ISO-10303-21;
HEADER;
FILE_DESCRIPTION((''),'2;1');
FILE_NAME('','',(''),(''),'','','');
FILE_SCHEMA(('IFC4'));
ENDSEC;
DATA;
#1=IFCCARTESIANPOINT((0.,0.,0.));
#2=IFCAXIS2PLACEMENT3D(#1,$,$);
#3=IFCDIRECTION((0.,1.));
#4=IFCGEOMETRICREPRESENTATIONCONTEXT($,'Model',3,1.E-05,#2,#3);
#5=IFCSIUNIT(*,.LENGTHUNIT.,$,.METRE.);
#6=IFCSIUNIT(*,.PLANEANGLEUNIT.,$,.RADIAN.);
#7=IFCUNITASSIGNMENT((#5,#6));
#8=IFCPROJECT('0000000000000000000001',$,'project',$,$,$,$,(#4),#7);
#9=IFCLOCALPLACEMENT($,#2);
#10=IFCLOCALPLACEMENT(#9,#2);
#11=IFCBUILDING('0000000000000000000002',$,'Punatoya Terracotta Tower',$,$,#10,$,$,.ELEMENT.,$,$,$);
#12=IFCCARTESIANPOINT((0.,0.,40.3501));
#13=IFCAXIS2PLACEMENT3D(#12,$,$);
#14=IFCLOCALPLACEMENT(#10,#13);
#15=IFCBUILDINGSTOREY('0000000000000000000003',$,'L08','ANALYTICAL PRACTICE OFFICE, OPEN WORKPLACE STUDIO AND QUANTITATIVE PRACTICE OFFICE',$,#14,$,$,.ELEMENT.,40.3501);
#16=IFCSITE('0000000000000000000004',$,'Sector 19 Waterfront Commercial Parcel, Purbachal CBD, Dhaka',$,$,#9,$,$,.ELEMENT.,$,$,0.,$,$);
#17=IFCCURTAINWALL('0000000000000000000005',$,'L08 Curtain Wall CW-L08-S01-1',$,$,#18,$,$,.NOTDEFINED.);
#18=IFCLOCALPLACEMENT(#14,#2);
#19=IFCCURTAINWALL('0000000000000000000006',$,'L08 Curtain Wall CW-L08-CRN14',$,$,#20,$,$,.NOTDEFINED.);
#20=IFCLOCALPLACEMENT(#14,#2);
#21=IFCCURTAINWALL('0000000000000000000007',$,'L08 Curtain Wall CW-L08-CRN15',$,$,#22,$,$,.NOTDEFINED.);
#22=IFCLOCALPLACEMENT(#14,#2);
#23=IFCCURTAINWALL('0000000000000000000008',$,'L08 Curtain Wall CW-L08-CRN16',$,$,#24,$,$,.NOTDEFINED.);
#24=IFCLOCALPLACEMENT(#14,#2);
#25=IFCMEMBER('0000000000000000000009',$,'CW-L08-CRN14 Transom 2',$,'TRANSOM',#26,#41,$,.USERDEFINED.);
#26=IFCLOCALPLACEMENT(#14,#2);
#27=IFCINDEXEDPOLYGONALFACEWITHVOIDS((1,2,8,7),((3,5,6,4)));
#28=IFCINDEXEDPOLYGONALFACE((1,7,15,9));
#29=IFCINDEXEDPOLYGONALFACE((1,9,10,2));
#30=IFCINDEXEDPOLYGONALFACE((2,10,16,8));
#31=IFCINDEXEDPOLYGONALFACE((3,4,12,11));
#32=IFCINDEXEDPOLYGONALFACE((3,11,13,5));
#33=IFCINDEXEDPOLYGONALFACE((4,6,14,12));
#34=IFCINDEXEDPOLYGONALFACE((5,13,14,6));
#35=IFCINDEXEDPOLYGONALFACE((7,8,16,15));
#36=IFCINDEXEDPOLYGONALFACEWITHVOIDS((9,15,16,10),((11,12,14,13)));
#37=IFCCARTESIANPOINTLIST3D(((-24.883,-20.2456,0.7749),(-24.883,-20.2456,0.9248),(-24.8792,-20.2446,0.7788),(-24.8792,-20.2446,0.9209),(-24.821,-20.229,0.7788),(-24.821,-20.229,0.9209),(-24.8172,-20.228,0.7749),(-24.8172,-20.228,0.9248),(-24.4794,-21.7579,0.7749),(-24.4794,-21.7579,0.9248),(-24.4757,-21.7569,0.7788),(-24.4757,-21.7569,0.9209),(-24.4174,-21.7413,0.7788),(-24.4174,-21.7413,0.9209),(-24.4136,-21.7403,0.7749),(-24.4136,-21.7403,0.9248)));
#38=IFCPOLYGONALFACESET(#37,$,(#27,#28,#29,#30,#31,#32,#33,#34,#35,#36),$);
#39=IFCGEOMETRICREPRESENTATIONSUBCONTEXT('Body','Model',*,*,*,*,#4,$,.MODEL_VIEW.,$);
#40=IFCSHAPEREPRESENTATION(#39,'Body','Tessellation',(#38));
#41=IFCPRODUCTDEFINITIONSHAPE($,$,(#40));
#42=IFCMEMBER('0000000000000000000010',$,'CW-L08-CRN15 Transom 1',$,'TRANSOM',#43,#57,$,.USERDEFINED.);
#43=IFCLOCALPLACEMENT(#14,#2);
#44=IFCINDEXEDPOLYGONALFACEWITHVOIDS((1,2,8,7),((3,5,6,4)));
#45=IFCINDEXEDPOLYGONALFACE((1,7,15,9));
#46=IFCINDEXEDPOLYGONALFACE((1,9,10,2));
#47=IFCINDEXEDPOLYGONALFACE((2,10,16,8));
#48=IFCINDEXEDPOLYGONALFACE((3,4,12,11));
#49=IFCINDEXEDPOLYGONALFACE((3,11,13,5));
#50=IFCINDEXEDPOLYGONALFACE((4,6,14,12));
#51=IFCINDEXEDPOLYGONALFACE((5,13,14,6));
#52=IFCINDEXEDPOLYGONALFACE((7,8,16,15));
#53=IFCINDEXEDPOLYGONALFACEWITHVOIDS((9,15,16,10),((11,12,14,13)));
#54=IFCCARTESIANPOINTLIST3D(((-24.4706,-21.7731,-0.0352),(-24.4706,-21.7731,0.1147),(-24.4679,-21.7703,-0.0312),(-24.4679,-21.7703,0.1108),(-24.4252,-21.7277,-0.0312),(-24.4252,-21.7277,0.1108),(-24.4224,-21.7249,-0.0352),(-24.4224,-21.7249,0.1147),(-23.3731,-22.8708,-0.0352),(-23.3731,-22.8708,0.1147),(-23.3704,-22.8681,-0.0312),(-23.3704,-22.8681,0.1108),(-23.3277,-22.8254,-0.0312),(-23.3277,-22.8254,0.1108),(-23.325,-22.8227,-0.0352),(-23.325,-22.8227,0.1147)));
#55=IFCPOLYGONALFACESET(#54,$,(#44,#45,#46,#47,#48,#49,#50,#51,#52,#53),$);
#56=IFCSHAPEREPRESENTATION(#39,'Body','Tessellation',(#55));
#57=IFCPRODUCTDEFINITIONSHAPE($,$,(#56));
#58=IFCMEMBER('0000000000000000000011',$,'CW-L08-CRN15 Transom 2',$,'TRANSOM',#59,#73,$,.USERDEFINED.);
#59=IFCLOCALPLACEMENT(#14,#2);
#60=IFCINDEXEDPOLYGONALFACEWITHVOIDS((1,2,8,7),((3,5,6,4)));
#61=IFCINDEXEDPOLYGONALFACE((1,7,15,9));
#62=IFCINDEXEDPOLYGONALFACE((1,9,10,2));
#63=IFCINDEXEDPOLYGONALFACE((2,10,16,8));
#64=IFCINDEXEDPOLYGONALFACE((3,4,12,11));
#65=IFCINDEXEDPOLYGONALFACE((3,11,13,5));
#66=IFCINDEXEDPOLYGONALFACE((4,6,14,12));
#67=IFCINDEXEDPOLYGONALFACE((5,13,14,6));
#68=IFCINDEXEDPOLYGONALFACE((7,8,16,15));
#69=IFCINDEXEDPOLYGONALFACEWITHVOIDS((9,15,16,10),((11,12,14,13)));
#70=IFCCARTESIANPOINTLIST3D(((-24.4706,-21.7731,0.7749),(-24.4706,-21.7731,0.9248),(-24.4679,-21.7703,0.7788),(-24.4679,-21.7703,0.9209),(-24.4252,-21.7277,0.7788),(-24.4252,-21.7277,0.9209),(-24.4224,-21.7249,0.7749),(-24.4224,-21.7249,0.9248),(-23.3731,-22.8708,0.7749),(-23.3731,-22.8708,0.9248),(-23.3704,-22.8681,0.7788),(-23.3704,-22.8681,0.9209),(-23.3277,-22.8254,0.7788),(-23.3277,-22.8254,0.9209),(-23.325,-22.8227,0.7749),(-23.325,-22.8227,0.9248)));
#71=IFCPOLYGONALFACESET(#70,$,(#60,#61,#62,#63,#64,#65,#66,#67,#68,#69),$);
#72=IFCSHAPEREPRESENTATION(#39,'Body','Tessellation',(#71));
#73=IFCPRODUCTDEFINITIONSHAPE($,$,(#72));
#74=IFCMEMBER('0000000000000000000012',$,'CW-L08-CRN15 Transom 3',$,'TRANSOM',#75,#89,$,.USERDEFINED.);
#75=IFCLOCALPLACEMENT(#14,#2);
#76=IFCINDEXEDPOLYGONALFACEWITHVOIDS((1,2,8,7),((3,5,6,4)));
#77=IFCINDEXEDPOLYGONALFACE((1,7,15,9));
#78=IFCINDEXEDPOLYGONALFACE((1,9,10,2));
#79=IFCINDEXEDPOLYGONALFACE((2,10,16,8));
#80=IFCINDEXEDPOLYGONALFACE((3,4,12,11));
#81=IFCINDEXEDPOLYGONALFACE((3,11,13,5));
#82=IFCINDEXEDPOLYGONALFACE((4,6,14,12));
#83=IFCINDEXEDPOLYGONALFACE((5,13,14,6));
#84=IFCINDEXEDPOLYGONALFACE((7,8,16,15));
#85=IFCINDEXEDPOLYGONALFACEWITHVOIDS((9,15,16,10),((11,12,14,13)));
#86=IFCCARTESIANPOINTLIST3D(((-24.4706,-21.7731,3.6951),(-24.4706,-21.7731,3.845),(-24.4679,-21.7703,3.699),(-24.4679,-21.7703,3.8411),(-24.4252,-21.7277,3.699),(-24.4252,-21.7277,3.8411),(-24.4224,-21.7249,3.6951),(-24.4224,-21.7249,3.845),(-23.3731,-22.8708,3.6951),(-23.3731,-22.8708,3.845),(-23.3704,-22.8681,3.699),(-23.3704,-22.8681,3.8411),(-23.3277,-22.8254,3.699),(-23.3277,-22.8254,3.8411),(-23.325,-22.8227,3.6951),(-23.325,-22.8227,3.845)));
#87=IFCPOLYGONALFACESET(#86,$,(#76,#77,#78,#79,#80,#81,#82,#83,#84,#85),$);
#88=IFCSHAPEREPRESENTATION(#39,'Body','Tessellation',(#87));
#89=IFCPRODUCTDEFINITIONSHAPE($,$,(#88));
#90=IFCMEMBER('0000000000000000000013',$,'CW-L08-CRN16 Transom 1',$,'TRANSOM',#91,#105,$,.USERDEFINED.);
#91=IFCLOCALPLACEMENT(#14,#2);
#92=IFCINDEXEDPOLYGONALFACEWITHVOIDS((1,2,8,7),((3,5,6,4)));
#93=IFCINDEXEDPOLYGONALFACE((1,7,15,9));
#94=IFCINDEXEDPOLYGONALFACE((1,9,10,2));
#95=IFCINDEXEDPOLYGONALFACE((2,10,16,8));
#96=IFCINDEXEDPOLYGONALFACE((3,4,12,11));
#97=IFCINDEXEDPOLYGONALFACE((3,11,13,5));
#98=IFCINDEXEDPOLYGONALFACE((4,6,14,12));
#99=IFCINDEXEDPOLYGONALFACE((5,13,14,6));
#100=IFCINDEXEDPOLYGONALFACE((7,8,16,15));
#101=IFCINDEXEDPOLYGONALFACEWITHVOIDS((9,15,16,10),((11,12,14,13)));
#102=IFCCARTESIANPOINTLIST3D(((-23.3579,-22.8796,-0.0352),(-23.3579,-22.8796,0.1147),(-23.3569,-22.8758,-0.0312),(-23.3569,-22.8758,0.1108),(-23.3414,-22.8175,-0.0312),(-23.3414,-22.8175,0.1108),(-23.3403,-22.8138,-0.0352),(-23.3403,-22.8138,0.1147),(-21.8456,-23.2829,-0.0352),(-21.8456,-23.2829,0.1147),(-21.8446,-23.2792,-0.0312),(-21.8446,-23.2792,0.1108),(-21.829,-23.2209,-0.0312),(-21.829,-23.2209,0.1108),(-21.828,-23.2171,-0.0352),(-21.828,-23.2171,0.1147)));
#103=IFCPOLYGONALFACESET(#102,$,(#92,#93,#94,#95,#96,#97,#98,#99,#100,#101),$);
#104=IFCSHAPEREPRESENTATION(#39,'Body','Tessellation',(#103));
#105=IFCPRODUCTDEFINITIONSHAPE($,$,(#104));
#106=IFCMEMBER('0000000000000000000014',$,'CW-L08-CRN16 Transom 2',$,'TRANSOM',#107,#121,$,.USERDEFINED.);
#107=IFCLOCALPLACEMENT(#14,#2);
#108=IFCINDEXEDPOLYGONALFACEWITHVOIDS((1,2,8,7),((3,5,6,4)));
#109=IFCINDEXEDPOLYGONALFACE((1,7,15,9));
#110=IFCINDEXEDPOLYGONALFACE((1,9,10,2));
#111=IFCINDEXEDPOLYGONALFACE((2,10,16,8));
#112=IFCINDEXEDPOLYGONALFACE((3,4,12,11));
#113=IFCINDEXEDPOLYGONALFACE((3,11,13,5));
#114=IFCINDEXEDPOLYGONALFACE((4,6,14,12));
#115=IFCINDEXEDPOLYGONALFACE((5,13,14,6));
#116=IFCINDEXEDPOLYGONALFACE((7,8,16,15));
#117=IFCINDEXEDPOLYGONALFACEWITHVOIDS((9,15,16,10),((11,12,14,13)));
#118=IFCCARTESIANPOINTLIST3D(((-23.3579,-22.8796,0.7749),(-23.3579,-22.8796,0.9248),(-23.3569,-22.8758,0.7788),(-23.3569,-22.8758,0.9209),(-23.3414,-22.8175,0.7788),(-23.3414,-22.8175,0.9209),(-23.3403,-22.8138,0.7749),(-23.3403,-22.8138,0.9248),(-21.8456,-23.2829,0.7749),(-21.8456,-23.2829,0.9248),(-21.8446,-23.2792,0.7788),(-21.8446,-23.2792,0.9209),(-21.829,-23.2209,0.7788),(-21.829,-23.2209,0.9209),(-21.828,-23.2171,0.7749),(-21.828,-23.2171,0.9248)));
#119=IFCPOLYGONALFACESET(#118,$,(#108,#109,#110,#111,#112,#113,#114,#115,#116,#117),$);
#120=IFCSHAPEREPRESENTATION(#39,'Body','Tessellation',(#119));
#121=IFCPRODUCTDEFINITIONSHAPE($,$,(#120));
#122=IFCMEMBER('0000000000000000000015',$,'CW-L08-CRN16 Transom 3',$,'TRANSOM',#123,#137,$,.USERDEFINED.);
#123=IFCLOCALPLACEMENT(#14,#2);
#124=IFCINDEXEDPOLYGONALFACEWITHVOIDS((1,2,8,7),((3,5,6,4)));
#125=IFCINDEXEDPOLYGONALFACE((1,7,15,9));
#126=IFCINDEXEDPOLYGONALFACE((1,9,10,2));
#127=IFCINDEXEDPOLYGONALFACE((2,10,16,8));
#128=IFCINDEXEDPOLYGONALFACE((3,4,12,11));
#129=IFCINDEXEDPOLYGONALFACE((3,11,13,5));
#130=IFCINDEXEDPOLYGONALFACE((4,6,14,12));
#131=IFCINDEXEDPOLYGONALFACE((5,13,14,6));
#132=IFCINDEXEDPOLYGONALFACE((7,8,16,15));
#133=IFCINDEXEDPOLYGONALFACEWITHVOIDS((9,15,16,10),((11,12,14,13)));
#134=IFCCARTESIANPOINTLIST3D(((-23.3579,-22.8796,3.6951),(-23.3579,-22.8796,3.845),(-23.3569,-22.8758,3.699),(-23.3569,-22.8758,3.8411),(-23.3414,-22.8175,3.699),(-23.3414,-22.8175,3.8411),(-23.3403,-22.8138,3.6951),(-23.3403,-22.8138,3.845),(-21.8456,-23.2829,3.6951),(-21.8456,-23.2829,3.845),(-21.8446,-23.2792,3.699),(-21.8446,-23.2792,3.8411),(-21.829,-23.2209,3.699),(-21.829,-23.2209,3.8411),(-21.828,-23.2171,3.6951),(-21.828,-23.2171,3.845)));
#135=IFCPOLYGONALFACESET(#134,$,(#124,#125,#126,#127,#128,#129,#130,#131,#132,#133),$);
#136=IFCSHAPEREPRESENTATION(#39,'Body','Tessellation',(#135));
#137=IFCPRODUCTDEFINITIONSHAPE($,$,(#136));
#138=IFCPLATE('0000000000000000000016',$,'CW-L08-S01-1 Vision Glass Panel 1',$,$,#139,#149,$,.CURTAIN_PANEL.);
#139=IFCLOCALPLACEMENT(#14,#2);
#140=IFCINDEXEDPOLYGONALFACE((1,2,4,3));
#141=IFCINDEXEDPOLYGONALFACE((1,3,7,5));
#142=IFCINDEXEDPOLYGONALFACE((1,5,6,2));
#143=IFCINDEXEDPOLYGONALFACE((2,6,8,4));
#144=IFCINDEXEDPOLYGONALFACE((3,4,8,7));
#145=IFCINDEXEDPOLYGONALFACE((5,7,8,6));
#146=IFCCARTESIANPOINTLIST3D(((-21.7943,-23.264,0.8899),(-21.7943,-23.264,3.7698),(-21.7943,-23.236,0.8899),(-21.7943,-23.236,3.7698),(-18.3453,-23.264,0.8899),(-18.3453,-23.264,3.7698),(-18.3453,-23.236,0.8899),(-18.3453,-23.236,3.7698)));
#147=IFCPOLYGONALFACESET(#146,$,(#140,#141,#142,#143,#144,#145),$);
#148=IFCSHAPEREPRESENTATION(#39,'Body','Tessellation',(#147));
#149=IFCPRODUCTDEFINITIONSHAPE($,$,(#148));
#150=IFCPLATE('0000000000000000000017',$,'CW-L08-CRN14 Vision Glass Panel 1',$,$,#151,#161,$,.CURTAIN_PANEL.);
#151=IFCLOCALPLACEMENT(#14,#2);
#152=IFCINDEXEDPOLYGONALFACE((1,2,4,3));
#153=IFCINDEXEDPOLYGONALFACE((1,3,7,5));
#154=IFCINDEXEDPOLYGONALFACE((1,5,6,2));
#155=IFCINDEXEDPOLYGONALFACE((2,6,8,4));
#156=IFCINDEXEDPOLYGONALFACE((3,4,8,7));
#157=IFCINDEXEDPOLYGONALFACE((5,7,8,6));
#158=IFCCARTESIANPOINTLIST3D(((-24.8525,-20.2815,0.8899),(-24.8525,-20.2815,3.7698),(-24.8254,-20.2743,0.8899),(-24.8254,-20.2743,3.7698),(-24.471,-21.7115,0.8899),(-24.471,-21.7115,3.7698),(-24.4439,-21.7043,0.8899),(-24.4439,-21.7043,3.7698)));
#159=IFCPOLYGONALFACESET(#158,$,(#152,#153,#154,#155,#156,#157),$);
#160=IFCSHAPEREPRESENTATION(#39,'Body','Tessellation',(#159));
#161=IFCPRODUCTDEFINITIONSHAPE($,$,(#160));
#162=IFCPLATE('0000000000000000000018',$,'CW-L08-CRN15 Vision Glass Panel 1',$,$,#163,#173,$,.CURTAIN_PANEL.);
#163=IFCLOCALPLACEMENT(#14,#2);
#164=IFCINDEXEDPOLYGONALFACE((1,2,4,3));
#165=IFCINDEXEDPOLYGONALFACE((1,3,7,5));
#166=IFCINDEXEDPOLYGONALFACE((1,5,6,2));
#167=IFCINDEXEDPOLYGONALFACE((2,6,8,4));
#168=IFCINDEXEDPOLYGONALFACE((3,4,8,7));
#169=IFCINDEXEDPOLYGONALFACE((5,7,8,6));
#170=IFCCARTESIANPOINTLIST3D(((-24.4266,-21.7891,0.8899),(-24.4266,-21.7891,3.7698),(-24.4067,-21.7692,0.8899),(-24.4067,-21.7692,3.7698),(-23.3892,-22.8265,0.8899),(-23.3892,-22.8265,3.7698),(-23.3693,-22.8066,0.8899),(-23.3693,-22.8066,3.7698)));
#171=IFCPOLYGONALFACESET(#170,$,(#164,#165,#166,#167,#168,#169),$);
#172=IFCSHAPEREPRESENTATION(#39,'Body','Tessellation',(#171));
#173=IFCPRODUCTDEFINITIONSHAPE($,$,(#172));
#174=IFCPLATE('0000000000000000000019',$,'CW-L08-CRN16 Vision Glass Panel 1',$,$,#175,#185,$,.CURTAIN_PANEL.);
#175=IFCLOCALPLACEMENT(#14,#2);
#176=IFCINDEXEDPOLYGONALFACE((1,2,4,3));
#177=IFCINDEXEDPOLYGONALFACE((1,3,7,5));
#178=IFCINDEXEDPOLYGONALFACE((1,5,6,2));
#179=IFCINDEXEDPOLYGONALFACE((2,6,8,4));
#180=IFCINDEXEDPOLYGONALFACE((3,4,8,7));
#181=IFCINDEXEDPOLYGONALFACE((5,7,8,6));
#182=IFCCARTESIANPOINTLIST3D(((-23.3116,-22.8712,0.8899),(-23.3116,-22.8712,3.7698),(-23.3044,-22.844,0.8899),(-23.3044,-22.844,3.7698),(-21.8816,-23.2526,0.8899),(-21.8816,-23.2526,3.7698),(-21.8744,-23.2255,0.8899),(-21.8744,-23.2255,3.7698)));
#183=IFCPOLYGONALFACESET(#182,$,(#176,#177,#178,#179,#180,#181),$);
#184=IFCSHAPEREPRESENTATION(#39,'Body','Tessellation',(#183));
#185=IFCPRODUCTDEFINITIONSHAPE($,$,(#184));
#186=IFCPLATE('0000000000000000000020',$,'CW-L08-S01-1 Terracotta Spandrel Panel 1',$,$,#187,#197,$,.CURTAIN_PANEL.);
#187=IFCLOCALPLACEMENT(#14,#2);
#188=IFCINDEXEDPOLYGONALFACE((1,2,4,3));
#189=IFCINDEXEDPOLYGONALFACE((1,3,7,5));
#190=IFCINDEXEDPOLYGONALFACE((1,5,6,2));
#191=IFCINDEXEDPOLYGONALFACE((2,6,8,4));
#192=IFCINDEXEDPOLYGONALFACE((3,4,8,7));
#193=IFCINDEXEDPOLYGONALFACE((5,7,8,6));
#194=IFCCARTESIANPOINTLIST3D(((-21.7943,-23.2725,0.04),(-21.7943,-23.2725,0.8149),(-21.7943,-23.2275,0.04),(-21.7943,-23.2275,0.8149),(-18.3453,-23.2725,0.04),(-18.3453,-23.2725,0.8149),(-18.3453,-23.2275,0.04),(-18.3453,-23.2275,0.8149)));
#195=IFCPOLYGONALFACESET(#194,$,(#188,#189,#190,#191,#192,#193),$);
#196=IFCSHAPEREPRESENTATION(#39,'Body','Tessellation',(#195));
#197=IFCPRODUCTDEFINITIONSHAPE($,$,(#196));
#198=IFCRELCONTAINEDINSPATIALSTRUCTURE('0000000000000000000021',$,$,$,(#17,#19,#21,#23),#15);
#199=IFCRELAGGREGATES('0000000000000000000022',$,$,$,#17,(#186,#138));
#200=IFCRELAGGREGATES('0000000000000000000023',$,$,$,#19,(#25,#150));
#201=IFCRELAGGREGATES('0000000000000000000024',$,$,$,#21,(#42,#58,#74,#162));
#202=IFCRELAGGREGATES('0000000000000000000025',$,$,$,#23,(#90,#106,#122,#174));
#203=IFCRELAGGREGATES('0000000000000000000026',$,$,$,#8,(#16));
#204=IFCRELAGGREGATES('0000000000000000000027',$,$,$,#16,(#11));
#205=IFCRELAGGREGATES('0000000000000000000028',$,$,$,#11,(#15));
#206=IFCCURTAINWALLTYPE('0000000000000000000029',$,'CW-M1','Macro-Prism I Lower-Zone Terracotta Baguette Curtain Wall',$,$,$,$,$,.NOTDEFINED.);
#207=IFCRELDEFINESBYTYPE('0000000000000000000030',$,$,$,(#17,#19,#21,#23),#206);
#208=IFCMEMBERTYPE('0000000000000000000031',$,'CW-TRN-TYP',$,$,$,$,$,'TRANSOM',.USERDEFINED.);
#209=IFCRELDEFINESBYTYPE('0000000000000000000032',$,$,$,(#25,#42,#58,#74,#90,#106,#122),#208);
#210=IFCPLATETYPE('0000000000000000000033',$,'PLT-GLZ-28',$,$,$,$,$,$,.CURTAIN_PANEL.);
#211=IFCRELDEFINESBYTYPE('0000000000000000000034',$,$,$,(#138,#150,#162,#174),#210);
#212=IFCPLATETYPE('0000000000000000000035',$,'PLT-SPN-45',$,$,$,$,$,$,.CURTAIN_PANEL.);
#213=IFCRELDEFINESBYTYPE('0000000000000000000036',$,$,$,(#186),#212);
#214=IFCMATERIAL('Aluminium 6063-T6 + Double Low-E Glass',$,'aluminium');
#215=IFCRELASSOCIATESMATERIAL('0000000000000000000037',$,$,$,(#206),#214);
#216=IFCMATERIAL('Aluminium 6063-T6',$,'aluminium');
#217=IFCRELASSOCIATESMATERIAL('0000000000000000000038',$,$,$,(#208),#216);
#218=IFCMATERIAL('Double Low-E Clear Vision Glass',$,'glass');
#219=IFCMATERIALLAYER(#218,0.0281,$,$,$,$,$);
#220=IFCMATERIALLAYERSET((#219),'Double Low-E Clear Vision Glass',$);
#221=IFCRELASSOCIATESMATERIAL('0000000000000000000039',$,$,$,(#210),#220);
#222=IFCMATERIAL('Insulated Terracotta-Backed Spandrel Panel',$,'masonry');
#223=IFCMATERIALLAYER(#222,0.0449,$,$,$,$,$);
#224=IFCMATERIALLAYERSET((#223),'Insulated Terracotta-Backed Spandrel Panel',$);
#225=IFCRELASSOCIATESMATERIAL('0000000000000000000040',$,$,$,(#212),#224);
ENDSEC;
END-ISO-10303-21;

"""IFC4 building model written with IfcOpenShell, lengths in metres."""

from ifc_helpers import new_model, si_unit, direction, frame, origin, origin_2d, place, context, subcontext, project, spatial, rectangle, hollow_rectangle, extrude, material, layer, layer_set, material_profile, profile_set, type_object, element, aggregate, save


model = new_model("IFC4")

# Units and contexts
model_context = context("Model", 3, precision=1e-05, world=origin(), true_north=direction((0.0, 1.0)))
body_context = subcontext(model_context, "Body", "Model", "MODEL_VIEW")
ifc_project = project(units=[si_unit("LENGTHUNIT", "METRE"), si_unit("PLANEANGLEUNIT", "RADIAN")], contexts=[model_context])

# Site, building, storey
site_placement = place(None, origin())
site = spatial("IfcSite", under=ifc_project, at=site_placement, Name="Sector 19 Waterfront Commercial Parcel, Purbachal CBD, Dhaka", CompositionType="ELEMENT", RefElevation=0.0)
building_placement = place(site_placement, origin())
building = spatial("IfcBuilding", under=site, at=building_placement, Name="Punatoya Terracotta Tower", CompositionType="ELEMENT")
storey_placement = place(building_placement, frame((0.0, 0.0, 40.3501)))
storey = spatial("IfcBuildingStorey", under=building, at=storey_placement, Name="L08", Description="ANALYTICAL PRACTICE OFFICE, OPEN WORKPLACE STUDIO AND QUANTITATIVE PRACTICE OFFICE", CompositionType="ELEMENT", Elevation=40.3501)

# Curtain wall
ifc_material_1 = material(Name="Aluminium 6063-T6 + Double Low-E Glass", Category="aluminium")
curtain_wall_type = type_object("IfcCurtainWallType", Name="CW-M1", Description="Macro-Prism I Lower-Zone Terracotta Baguette Curtain Wall", PredefinedType="NOTDEFINED", material=ifc_material_1)
curtain_wall_1_placement = place(storey_placement, origin())
curtain_wall_1 = element("IfcCurtainWall", 1, at=curtain_wall_1_placement, inside=storey, type_object=curtain_wall_type, Name="L08 Curtain Wall CW-L08-S01-1", PredefinedType="NOTDEFINED")
ifc_material_2 = material(Name="Aluminium 6063-T6", Category="aluminium")

# Curtain walls
curtain_wall_2_placement = place(storey_placement, origin())
curtain_wall_2 = element("IfcCurtainWall", 2, at=curtain_wall_2_placement, inside=storey, type_object=curtain_wall_type, Name="L08 Curtain Wall CW-L08-CRN14", PredefinedType="NOTDEFINED")
curtain_wall_3_placement = place(storey_placement, origin())
curtain_wall_3 = element("IfcCurtainWall", 3, at=curtain_wall_3_placement, inside=storey, type_object=curtain_wall_type, Name="L08 Curtain Wall CW-L08-CRN15", PredefinedType="NOTDEFINED")
curtain_wall_4_placement = place(storey_placement, origin())
curtain_wall_4 = element("IfcCurtainWall", 4, at=curtain_wall_4_placement, inside=storey, type_object=curtain_wall_type, Name="L08 Curtain Wall CW-L08-CRN16", PredefinedType="NOTDEFINED")

# Members
ifc_material_profile_1 = material_profile(ifc_material_2, hollow_rectangle(XDim=0.0681, YDim=0.1499, WallThickness=0.0039, at=origin_2d()))
ifc_profile_set_1 = profile_set([ifc_material_profile_1], Name="Aluminium 6063-T6")
member_type_1 = type_object("IfcMemberType", Name="CW-TRN-TYP", ElementType="TRANSOM", PredefinedType="USERDEFINED", material=ifc_profile_set_1)
member_1_placement = place(storey_placement, frame((-24.8501, -20.2368, 0.8499), z_axis=(0.257847, -0.966186, 0.0), x_axis=(0.966186, 0.257847, 0.0)))
member_1 = element("IfcMember", 5, at=member_1_placement, type_object=member_type_1, Name="CW-L08-CRN14 Transom 2", ObjectType="TRANSOM", PredefinedType="USERDEFINED", context=body_context, shape_type="SweptSolid", body=[
    extrude(hollow_rectangle(XDim=0.0681, YDim=0.1499, WallThickness=0.0039, at=origin_2d()), origin(), (0.0, 0.0, 1.0), 1.5652),
])
member_2_placement = place(storey_placement, frame((-24.4465, -21.749, 0.0398), z_axis=(0.707028, -0.707185, 0.0), x_axis=(0.707185, 0.707028, 0.0)))
member_2 = element("IfcMember", 6, at=member_2_placement, type_object=member_type_1, Name="CW-L08-CRN15 Transom 1", ObjectType="TRANSOM", PredefinedType="USERDEFINED", context=body_context, shape_type="SweptSolid", body=[
    extrude(hollow_rectangle(XDim=0.0681, YDim=0.1499, WallThickness=0.0039, at=origin_2d()), origin(), (0.0, 0.0, 1.0), 1.5522),
])
member_3_placement = place(storey_placement, frame((-24.4465, -21.749, 0.8499), z_axis=(0.707028, -0.707185, 0.0), x_axis=(0.707185, 0.707028, 0.0)))
member_3 = element("IfcMember", 7, at=member_3_placement, type_object=member_type_1, Name="CW-L08-CRN15 Transom 2", ObjectType="TRANSOM", PredefinedType="USERDEFINED", context=body_context, shape_type="SweptSolid", body=[
    extrude(hollow_rectangle(XDim=0.0681, YDim=0.1499, WallThickness=0.0039, at=origin_2d()), origin(), (0.0, 0.0, 1.0), 1.5522),
])
member_4_placement = place(storey_placement, frame((-24.4465, -21.749, 3.77), z_axis=(0.707028, -0.707185, 0.0), x_axis=(0.707185, 0.707028, 0.0)))
member_4 = element("IfcMember", 8, at=member_4_placement, type_object=member_type_1, Name="CW-L08-CRN15 Transom 3", ObjectType="TRANSOM", PredefinedType="USERDEFINED", context=body_context, shape_type="SweptSolid", body=[
    extrude(hollow_rectangle(XDim=0.0681, YDim=0.1499, WallThickness=0.0039, at=origin_2d()), origin(), (0.0, 0.0, 1.0), 1.5522),
])
member_5_placement = place(storey_placement, frame((-23.3491, -22.8467, 0.0398), z_axis=(0.966225, -0.257701, 0.0), x_axis=(0.257701, 0.966225, 0.0)))
member_5 = element("IfcMember", 9, at=member_5_placement, type_object=member_type_1, Name="CW-L08-CRN16 Transom 1", ObjectType="TRANSOM", PredefinedType="USERDEFINED", context=body_context, shape_type="SweptSolid", body=[
    extrude(hollow_rectangle(XDim=0.0681, YDim=0.1499, WallThickness=0.0039, at=origin_2d()), origin(), (0.0, 0.0, 1.0), 1.5652),
])
member_6_placement = place(storey_placement, frame((-23.3491, -22.8467, 0.8499), z_axis=(0.966225, -0.257701, 0.0), x_axis=(0.257701, 0.966225, 0.0)))
member_6 = element("IfcMember", 10, at=member_6_placement, type_object=member_type_1, Name="CW-L08-CRN16 Transom 2", ObjectType="TRANSOM", PredefinedType="USERDEFINED", context=body_context, shape_type="SweptSolid", body=[
    extrude(hollow_rectangle(XDim=0.0681, YDim=0.1499, WallThickness=0.0039, at=origin_2d()), origin(), (0.0, 0.0, 1.0), 1.5652),
])
member_7_placement = place(storey_placement, frame((-23.3491, -22.8467, 3.77), z_axis=(0.966225, -0.257701, 0.0), x_axis=(0.257701, 0.966225, 0.0)))
member_7 = element("IfcMember", 11, at=member_7_placement, type_object=member_type_1, Name="CW-L08-CRN16 Transom 3", ObjectType="TRANSOM", PredefinedType="USERDEFINED", context=body_context, shape_type="SweptSolid", body=[
    extrude(hollow_rectangle(XDim=0.0681, YDim=0.1499, WallThickness=0.0039, at=origin_2d()), origin(), (0.0, 0.0, 1.0), 1.5652),
])

# Plates
ifc_material_3 = material(Name="Double Low-E Clear Vision Glass", Category="glass")
ifc_layer_1 = layer(ifc_material_3, 0.0281)
ifc_layer_set_1 = layer_set([ifc_layer_1], Name="Double Low-E Clear Vision Glass")
plate_type_1 = type_object("IfcPlateType", Name="PLT-GLZ-28", PredefinedType="CURTAIN_PANEL", material=ifc_layer_set_1)
plate_1_placement = place(storey_placement, frame((-20.0698, -23.25, 0.8899), z_axis=(0.0, 0.0, 1.0), x_axis=(1.0, 0.0, 0.0)))
plate_1 = element("IfcPlate", 12, at=plate_1_placement, type_object=plate_type_1, Name="CW-L08-S01-1 Vision Glass Panel 1", PredefinedType="CURTAIN_PANEL", context=body_context, shape_type="SweptSolid", body=[
    extrude(rectangle(XDim=3.449, YDim=0.0281, at=origin_2d()), origin(), (0.0, 0.0, 1.0), 2.8799),
])
plate_2_placement = place(storey_placement, frame((-24.6482, -20.9929, 0.8899), z_axis=(0.0, 0.0, 1.0), x_axis=(0.257742, -0.966214, 0.0)))
plate_2 = element("IfcPlate", 13, at=plate_2_placement, type_object=plate_type_1, Name="CW-L08-CRN14 Vision Glass Panel 1", PredefinedType="CURTAIN_PANEL", context=body_context, shape_type="SweptSolid", body=[
    extrude(rectangle(XDim=1.48, YDim=0.0281, at=origin_2d()), origin(), (0.0, 0.0, 1.0), 2.8799),
])
plate_3_placement = place(storey_placement, frame((-23.8979, -22.2979, 0.8899), z_axis=(0.0, 0.0, 1.0), x_axis=(0.707107, -0.707107, 0.0)))
plate_3 = element("IfcPlate", 14, at=plate_3_placement, type_object=plate_type_1, Name="CW-L08-CRN15 Vision Glass Panel 1", PredefinedType="CURTAIN_PANEL", context=body_context, shape_type="SweptSolid", body=[
    extrude(rectangle(XDim=1.467, YDim=0.0281, at=origin_2d()), origin(), (0.0, 0.0, 1.0), 2.8799),
])
plate_4_placement = place(storey_placement, frame((-22.593, -23.0483, 0.8899), z_axis=(0.0, 0.0, 1.0), x_axis=(0.966214, -0.257742, 0.0)))
plate_4 = element("IfcPlate", 15, at=plate_4_placement, type_object=plate_type_1, Name="CW-L08-CRN16 Vision Glass Panel 1", PredefinedType="CURTAIN_PANEL", context=body_context, shape_type="SweptSolid", body=[
    extrude(rectangle(XDim=1.48, YDim=0.0281, at=origin_2d()), origin(), (0.0, 0.0, 1.0), 2.8799),
])
ifc_material_4 = material(Name="Insulated Terracotta-Backed Spandrel Panel", Category="masonry")
ifc_layer_2 = layer(ifc_material_4, 0.0449)
ifc_layer_set_2 = layer_set([ifc_layer_2], Name="Insulated Terracotta-Backed Spandrel Panel")
plate_type_2 = type_object("IfcPlateType", Name="PLT-SPN-45", PredefinedType="CURTAIN_PANEL", material=ifc_layer_set_2)
plate_5_placement = place(storey_placement, frame((-20.0698, -23.25, 0.04), z_axis=(0.0, 0.0, 1.0), x_axis=(1.0, 0.0, 0.0)))
plate_5 = element("IfcPlate", 16, at=plate_5_placement, type_object=plate_type_2, Name="CW-L08-S01-1 Terracotta Spandrel Panel 1", PredefinedType="CURTAIN_PANEL", context=body_context, shape_type="SweptSolid", body=[
    extrude(rectangle(XDim=3.449, YDim=0.0449, at=origin_2d()), origin(), (0.0, 0.0, 1.0), 0.7749),
])
aggregate(curtain_wall_1, [plate_5, plate_1])
aggregate(curtain_wall_2, [member_1, plate_2])
aggregate(curtain_wall_3, [member_2, member_3, member_4, plate_3])
aggregate(curtain_wall_4, [member_5, member_6, member_7, plate_4])

save(model, "model.ifc")
